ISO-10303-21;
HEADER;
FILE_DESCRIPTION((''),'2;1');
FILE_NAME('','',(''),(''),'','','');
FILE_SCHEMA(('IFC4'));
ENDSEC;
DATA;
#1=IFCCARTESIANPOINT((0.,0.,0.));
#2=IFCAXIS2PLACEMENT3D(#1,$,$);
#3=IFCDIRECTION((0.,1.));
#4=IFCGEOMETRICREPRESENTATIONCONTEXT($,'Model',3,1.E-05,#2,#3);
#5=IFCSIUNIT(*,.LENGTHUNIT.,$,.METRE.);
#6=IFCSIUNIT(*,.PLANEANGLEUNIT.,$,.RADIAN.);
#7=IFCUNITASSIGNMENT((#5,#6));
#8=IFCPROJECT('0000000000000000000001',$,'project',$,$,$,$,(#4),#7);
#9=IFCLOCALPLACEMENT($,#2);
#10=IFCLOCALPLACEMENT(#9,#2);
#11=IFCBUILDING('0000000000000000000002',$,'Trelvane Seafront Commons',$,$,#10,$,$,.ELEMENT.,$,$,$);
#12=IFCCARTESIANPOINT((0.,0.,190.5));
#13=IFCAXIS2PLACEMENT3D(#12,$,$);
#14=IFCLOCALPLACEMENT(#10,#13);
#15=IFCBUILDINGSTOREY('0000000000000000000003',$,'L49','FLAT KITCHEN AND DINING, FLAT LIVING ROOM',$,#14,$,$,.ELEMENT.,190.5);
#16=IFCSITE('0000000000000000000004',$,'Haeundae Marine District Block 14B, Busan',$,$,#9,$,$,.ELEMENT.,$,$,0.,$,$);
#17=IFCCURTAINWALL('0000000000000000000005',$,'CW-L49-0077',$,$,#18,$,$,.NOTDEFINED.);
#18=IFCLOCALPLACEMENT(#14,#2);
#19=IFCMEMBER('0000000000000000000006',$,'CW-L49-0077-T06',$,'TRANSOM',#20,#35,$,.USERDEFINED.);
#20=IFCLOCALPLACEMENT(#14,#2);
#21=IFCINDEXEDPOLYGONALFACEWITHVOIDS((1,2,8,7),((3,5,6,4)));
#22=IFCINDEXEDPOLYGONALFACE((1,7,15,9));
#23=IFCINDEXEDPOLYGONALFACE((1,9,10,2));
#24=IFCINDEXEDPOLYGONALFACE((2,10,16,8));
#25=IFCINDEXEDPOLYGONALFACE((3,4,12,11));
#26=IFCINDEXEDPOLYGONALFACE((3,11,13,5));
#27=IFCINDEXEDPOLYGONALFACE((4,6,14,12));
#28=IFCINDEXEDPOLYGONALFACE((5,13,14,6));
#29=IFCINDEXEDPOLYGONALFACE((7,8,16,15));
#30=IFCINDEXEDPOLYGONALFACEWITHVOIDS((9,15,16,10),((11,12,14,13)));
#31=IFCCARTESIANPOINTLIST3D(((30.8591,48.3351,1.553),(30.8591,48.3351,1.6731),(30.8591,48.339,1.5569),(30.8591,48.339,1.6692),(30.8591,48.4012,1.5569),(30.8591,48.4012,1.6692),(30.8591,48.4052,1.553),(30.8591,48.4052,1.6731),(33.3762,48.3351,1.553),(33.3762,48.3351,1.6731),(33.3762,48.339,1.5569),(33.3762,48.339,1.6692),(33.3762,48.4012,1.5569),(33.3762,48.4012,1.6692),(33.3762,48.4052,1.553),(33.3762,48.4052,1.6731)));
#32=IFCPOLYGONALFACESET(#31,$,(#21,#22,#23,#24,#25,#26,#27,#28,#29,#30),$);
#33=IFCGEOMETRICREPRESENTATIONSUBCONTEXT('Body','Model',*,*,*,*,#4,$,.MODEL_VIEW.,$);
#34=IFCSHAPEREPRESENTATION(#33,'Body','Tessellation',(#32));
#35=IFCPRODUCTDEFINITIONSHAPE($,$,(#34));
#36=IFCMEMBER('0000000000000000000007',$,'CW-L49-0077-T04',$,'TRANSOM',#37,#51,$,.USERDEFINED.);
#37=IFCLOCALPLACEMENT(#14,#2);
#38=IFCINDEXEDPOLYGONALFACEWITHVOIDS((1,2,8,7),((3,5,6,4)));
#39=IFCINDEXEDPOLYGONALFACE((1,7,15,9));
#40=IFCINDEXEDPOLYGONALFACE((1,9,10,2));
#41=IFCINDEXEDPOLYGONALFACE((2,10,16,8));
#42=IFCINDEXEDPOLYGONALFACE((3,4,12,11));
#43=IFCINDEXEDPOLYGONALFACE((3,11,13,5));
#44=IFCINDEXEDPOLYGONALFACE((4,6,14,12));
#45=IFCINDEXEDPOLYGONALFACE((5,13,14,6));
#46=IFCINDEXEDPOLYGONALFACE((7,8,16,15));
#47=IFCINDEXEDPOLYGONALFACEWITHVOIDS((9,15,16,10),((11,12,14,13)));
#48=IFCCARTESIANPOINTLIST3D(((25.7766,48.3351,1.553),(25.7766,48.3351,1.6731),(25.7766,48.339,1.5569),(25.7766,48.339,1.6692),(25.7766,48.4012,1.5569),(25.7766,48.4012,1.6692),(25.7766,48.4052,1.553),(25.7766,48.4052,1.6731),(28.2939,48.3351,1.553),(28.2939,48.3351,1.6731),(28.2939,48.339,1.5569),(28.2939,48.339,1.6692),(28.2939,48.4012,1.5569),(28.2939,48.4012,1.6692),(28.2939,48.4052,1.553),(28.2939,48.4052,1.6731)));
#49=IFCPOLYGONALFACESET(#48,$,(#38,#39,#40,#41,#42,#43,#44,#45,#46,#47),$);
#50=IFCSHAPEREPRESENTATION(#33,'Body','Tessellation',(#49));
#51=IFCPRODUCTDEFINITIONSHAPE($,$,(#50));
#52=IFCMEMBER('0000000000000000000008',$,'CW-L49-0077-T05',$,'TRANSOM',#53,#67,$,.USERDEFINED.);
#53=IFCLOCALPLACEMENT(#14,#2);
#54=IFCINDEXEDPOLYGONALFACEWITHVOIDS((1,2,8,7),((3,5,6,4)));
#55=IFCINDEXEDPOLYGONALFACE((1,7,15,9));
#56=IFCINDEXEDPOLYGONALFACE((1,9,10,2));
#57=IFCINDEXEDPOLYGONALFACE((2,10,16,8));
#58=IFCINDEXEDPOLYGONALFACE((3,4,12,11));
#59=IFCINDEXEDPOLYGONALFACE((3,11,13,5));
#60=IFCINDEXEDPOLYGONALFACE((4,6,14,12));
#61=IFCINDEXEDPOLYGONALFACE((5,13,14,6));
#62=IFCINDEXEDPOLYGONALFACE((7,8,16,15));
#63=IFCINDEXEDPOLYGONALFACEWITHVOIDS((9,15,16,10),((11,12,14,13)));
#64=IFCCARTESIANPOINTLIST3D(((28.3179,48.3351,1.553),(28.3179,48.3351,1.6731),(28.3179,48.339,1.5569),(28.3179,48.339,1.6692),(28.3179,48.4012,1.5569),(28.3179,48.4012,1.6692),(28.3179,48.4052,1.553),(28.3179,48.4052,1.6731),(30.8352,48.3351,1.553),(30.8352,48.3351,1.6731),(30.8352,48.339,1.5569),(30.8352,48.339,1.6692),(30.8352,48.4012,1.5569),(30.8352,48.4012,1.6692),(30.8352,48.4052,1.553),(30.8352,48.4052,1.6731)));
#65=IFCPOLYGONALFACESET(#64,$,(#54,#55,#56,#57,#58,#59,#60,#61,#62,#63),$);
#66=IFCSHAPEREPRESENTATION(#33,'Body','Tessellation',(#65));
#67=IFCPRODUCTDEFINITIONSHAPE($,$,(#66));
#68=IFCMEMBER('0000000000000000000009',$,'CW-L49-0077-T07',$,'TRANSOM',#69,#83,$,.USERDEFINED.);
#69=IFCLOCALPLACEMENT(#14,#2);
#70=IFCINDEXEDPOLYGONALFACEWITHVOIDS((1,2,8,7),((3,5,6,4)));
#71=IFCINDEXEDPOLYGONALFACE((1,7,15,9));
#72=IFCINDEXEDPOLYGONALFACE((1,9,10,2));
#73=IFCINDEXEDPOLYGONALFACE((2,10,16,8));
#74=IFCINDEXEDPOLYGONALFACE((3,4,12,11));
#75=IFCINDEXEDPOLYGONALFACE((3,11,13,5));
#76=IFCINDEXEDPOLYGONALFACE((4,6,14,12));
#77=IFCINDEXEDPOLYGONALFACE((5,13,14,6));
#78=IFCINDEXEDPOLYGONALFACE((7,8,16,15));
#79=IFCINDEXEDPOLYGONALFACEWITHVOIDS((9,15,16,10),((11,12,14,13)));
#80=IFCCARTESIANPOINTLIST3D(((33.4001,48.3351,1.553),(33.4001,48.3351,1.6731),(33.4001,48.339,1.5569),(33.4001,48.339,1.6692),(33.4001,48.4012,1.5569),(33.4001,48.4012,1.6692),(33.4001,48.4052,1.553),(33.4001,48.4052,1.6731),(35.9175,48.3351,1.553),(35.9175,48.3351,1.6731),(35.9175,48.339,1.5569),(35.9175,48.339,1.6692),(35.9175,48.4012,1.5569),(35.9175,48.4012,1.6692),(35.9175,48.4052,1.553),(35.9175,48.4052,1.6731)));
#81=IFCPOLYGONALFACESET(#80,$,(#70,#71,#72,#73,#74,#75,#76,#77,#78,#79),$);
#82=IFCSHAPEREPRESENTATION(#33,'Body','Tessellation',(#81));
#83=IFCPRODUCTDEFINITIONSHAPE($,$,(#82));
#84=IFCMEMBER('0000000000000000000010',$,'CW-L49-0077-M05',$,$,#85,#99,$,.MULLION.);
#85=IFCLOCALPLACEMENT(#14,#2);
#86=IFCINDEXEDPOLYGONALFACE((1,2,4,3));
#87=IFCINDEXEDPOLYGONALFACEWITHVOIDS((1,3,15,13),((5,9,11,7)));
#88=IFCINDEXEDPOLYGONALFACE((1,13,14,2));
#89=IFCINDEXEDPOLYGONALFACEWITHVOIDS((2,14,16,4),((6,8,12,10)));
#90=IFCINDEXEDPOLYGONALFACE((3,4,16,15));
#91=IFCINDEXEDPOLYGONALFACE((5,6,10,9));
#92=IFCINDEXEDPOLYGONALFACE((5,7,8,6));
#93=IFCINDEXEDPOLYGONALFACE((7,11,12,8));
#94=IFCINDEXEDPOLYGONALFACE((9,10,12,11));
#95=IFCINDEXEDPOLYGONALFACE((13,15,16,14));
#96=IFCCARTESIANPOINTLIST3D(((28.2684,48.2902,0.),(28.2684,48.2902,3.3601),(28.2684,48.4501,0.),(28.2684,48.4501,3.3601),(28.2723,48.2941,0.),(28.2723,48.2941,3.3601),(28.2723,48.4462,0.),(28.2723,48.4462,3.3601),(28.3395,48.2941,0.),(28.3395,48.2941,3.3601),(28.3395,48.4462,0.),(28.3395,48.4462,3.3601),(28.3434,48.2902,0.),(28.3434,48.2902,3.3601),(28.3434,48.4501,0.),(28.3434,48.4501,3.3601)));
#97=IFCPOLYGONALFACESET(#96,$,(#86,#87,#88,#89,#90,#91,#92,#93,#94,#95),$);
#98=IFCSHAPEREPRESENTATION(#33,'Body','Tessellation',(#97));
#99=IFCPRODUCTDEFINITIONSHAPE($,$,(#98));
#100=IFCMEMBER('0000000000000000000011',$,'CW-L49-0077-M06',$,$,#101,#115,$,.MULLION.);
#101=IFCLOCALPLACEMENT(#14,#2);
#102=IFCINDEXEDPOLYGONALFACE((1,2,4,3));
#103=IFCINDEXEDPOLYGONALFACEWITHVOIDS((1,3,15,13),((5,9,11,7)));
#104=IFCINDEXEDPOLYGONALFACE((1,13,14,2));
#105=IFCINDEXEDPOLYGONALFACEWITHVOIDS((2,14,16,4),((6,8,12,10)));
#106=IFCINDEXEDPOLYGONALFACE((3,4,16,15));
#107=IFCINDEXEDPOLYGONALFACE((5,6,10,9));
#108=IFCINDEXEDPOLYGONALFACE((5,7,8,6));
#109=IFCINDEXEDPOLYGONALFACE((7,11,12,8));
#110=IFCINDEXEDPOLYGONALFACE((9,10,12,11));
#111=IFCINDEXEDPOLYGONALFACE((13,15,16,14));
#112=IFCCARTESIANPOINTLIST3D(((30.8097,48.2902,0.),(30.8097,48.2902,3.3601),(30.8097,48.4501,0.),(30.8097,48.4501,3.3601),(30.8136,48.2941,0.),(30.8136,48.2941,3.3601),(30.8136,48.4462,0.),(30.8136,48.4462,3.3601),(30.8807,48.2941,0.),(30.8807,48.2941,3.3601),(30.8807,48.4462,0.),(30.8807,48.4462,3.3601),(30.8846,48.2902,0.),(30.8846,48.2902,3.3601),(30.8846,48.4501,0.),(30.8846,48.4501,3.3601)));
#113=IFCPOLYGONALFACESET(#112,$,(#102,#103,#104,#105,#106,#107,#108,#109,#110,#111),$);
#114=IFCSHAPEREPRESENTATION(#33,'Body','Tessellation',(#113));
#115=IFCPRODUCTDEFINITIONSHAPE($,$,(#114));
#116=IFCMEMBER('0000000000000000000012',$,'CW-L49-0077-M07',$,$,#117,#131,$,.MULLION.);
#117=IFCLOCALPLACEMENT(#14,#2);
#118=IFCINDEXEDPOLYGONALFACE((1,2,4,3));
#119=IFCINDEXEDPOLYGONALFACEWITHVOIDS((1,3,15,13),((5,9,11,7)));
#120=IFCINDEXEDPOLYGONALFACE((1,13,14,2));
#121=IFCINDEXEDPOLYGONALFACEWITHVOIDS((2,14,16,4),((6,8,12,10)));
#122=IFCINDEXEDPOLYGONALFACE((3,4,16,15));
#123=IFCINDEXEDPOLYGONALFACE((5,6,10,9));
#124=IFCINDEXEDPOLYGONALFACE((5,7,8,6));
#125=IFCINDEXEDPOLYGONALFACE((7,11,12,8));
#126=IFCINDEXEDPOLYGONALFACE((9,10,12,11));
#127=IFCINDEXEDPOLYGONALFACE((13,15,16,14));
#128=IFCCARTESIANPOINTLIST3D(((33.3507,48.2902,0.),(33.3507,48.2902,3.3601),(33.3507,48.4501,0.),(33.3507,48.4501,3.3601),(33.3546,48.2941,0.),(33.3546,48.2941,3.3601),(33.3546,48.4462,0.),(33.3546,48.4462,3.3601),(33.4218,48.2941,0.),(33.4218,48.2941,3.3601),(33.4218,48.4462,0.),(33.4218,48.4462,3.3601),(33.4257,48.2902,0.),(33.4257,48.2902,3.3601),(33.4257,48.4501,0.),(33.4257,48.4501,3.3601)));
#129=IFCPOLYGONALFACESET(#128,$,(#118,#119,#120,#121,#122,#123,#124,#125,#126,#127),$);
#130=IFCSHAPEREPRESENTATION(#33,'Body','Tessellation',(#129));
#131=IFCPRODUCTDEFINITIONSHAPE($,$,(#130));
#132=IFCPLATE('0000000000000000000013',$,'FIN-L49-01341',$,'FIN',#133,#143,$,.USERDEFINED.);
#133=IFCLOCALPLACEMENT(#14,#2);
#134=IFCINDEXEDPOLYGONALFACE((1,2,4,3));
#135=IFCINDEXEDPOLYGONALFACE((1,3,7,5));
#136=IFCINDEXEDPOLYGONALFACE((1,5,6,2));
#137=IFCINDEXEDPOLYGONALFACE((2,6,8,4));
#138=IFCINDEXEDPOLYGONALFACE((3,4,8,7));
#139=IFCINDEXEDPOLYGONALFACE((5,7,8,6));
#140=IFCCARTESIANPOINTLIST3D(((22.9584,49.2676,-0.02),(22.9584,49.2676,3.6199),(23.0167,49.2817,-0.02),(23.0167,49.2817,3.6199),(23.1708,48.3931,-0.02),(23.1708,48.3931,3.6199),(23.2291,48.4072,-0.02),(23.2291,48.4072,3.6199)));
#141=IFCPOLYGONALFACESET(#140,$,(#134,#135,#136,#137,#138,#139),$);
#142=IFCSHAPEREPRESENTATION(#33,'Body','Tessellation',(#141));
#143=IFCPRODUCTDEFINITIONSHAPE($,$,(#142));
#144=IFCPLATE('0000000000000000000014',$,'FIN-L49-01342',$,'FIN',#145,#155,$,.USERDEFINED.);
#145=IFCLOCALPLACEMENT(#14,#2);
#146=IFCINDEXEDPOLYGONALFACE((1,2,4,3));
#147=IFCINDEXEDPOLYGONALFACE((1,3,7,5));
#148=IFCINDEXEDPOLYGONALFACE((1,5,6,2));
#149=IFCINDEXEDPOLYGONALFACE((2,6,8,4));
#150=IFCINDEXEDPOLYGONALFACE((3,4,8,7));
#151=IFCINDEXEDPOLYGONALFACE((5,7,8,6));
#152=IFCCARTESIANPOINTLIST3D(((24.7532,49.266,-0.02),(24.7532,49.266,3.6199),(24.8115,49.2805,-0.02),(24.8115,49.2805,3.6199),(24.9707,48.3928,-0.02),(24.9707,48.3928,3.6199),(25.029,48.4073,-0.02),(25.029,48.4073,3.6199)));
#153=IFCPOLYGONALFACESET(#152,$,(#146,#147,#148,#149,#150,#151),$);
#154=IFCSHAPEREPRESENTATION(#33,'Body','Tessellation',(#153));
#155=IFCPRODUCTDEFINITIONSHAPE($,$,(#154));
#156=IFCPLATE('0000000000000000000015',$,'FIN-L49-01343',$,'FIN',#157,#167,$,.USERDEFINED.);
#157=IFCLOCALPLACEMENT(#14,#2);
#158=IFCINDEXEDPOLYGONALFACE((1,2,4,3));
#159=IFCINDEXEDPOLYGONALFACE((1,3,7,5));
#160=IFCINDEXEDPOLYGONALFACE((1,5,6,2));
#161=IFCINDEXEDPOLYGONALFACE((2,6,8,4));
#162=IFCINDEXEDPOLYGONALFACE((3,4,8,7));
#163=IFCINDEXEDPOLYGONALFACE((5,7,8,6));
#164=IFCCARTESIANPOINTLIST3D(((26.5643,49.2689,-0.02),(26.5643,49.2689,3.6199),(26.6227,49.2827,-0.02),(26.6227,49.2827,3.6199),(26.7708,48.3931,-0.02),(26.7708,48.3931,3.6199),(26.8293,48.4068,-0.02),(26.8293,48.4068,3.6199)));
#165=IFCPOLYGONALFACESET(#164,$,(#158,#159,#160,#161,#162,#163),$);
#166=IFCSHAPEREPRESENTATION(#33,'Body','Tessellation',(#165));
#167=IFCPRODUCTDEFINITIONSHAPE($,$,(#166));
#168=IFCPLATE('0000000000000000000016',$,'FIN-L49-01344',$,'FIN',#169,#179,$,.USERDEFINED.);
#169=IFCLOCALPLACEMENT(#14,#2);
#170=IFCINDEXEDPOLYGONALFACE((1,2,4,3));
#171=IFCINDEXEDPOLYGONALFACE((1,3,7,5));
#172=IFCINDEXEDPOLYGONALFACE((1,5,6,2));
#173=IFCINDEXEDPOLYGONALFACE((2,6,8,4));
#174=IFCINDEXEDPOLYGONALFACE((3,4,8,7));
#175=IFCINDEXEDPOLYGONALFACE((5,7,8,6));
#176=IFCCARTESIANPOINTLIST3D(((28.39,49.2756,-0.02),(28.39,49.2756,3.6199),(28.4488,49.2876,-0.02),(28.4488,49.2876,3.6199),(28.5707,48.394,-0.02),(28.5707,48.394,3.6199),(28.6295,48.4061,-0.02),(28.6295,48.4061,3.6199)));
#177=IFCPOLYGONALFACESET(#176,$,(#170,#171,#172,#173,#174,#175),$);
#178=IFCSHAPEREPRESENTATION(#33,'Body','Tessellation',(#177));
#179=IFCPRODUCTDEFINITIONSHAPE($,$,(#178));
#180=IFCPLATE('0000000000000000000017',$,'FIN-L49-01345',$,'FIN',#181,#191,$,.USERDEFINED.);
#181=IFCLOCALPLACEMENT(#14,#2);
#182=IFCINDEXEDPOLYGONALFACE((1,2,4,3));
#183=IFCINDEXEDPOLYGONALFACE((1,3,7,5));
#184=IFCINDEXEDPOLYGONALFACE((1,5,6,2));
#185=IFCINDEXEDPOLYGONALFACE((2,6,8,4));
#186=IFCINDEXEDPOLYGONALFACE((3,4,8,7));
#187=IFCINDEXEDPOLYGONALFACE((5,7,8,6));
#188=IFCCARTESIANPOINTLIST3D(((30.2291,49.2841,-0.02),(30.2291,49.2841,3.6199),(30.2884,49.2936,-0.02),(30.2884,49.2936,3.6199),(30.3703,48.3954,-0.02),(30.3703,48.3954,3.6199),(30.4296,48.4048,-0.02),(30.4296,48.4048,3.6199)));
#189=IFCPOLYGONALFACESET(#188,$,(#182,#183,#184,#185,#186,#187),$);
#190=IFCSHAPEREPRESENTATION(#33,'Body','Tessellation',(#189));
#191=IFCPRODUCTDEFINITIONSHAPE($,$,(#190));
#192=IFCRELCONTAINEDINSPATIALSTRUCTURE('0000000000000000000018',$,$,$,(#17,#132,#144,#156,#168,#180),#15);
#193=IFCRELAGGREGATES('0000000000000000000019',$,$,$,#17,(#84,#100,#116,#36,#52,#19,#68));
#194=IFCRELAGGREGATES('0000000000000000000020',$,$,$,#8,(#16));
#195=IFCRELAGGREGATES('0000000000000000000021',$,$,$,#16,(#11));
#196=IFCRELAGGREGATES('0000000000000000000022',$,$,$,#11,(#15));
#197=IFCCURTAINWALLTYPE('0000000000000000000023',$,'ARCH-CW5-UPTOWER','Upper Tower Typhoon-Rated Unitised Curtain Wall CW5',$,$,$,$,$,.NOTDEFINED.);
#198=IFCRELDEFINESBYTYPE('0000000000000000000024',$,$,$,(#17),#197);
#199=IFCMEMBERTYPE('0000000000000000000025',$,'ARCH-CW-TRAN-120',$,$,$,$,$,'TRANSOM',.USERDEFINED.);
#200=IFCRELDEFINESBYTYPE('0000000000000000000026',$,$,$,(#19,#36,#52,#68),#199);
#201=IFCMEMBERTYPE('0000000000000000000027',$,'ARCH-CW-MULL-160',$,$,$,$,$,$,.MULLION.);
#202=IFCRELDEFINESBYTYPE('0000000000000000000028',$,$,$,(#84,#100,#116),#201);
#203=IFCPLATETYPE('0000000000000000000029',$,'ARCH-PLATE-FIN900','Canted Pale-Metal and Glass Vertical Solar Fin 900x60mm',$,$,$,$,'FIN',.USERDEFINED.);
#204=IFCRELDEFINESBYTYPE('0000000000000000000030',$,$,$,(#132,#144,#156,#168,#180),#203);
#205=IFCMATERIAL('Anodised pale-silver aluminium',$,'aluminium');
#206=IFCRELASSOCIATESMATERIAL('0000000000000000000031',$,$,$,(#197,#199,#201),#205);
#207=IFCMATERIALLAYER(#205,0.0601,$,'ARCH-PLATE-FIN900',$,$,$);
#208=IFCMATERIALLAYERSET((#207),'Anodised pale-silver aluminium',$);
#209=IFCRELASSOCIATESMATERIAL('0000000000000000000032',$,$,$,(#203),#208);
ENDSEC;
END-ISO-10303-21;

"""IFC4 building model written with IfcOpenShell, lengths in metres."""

from ifc_helpers import new_model, si_unit, direction, frame, origin, origin_2d, place, context, subcontext, project, spatial, rectangle, hollow_rectangle, extrude, source, transform, mapped, material, layer, layer_set, material_profile, profile_set, type_object, element, aggregate, save


model = new_model("IFC4")

# Units and contexts
model_context = context("Model", 3, precision=1e-05, world=origin(), true_north=direction((0.0, 1.0)))
body_context = subcontext(model_context, "Body", "Model", "MODEL_VIEW")
ifc_project = project(units=[si_unit("LENGTHUNIT", "METRE"), si_unit("PLANEANGLEUNIT", "RADIAN")], contexts=[model_context])

# Site, building, storey
site_placement = place(None, origin())
site = spatial("IfcSite", under=ifc_project, at=site_placement, Name="Haeundae Marine District Block 14B, Busan", CompositionType="ELEMENT", RefElevation=0.0)
building_placement = place(site_placement, origin())
building = spatial("IfcBuilding", under=site, at=building_placement, Name="Trelvane Seafront Commons", CompositionType="ELEMENT")
storey_placement = place(building_placement, frame((0.0, 0.0, 190.5)))
storey = spatial("IfcBuildingStorey", under=building, at=storey_placement, Name="L49", Description="FLAT KITCHEN AND DINING, FLAT LIVING ROOM", CompositionType="ELEMENT", Elevation=190.5)

# Curtain wall, members
ifc_material_1 = material(Name="Anodised pale-silver aluminium", Category="aluminium")
curtain_wall_type = type_object("IfcCurtainWallType", Name="ARCH-CW5-UPTOWER", Description="Upper Tower Typhoon-Rated Unitised Curtain Wall CW5", PredefinedType="NOTDEFINED", material=ifc_material_1)
curtain_wall_placement = place(storey_placement, origin())
curtain_wall = element("IfcCurtainWall", 1, at=curtain_wall_placement, inside=storey, type_object=curtain_wall_type, Name="CW-L49-0077", PredefinedType="NOTDEFINED")
ifc_material_profile_1 = material_profile(ifc_material_1, hollow_rectangle(XDim=0.0701, YDim=0.1201, WallThickness=0.0039, at=origin_2d()), Name="TRAN-70x120x4")
ifc_profile_set_1 = profile_set([ifc_material_profile_1], Name="Anodised pale-silver aluminium")
member_type_1 = type_object("IfcMemberType", Name="ARCH-CW-TRAN-120", ElementType="TRANSOM", PredefinedType="USERDEFINED", material=ifc_profile_set_1)
shared_shape_1 = source(origin(), body_context, "Body", "SweptSolid", [
    extrude(hollow_rectangle(XDim=0.0701, YDim=0.1201, WallThickness=0.0039, at=origin_2d()), origin(), (0.0, 0.0, 1.0), 2.5171),
])
member_1_placement = place(storey_placement, frame((30.8591, 48.3701, 1.613), z_axis=(1.0, 0.0, 0.0), x_axis=(0.0, 1.0, 0.0)))
member_1 = element("IfcMember", 2, at=member_1_placement, type_object=member_type_1, Name="CW-L49-0077-T06", ObjectType="TRANSOM", PredefinedType="USERDEFINED", context=body_context, shape_type="MappedRepresentation", body=[
    mapped(shared_shape_1, transform((0.0, 0.0, 0.0), x_axis=(1.0, 0.0, 0.0), y_axis=(0.0, 1.0, 0.0), z_axis=(0.0, 0.0, 1.0), scale=1.0)),
])
shared_shape_2 = source(origin(), body_context, "Body", "SweptSolid", [
    extrude(hollow_rectangle(XDim=0.0701, YDim=0.1201, WallThickness=0.0039, at=origin_2d()), origin(), (0.0, 0.0, 1.0), 2.5173),
])
member_2_placement = place(storey_placement, frame((25.7766, 48.3701, 1.613), z_axis=(1.0, 0.0, 0.0), x_axis=(0.0, 1.0, 0.0)))
member_2 = element("IfcMember", 3, at=member_2_placement, type_object=member_type_1, Name="CW-L49-0077-T04", ObjectType="TRANSOM", PredefinedType="USERDEFINED", context=body_context, shape_type="MappedRepresentation", body=[
    mapped(shared_shape_2, transform((0.0, 0.0, 0.0), x_axis=(1.0, 0.0, 0.0), y_axis=(0.0, 1.0, 0.0), z_axis=(0.0, 0.0, 1.0), scale=1.0)),
])
member_3_placement = place(storey_placement, frame((28.3179, 48.3701, 1.613), z_axis=(1.0, 0.0, 0.0), x_axis=(0.0, 1.0, 0.0)))
member_3 = element("IfcMember", 4, at=member_3_placement, type_object=member_type_1, Name="CW-L49-0077-T05", ObjectType="TRANSOM", PredefinedType="USERDEFINED", context=body_context, shape_type="MappedRepresentation", body=[
    mapped(shared_shape_2, transform((0.0, 0.0, 0.0), x_axis=(1.0, 0.0, 0.0), y_axis=(0.0, 1.0, 0.0), z_axis=(0.0, 0.0, 1.0), scale=1.0)),
])
member_4_placement = place(storey_placement, frame((33.4001, 48.3701, 1.613), z_axis=(1.0, 0.0, 0.0), x_axis=(0.0, 1.0, 0.0)))
member_4 = element("IfcMember", 5, at=member_4_placement, type_object=member_type_1, Name="CW-L49-0077-T07", ObjectType="TRANSOM", PredefinedType="USERDEFINED", context=body_context, shape_type="MappedRepresentation", body=[
    mapped(shared_shape_2, transform((0.0, 0.0, 0.0), x_axis=(1.0, 0.0, 0.0), y_axis=(0.0, 1.0, 0.0), z_axis=(0.0, 0.0, 1.0), scale=1.0)),
])
ifc_material_profile_2 = material_profile(ifc_material_1, hollow_rectangle(XDim=0.075, YDim=0.1599, WallThickness=0.0039, at=origin_2d()), Name="MULL-75x160x4")
ifc_profile_set_2 = profile_set([ifc_material_profile_2], Name="Anodised pale-silver aluminium")
member_type_2 = type_object("IfcMemberType", Name="ARCH-CW-MULL-160", PredefinedType="MULLION", material=ifc_profile_set_2)
shared_shape_3 = source(origin(), body_context, "Body", "SweptSolid", [
    extrude(hollow_rectangle(XDim=0.075, YDim=0.1599, WallThickness=0.0039, at=origin_2d()), origin(), (0.0, 0.0, 1.0), 3.3601),
])
member_5_placement = place(storey_placement, frame((28.3059, 48.3701, 0.0), z_axis=(0.0, 0.0, 1.0), x_axis=(1.0, 0.0, 0.0)))
member_5 = element("IfcMember", 6, at=member_5_placement, type_object=member_type_2, Name="CW-L49-0077-M05", PredefinedType="MULLION", context=body_context, shape_type="MappedRepresentation", body=[
    mapped(shared_shape_3, transform((0.0, 0.0, 0.0), x_axis=(1.0, 0.0, 0.0), y_axis=(0.0, 1.0, 0.0), z_axis=(0.0, 0.0, 1.0), scale=1.0)),
])
member_6_placement = place(storey_placement, frame((30.8472, 48.3701, 0.0), z_axis=(0.0, 0.0, 1.0), x_axis=(1.0, 0.0, 0.0)))
member_6 = element("IfcMember", 7, at=member_6_placement, type_object=member_type_2, Name="CW-L49-0077-M06", PredefinedType="MULLION", context=body_context, shape_type="MappedRepresentation", body=[
    mapped(shared_shape_3, transform((0.0, 0.0, 0.0), x_axis=(1.0, 0.0, 0.0), y_axis=(0.0, 1.0, 0.0), z_axis=(0.0, 0.0, 1.0), scale=1.0)),
])
member_7_placement = place(storey_placement, frame((33.3882, 48.3701, 0.0), z_axis=(0.0, 0.0, 1.0), x_axis=(1.0, 0.0, 0.0)))
member_7 = element("IfcMember", 8, at=member_7_placement, type_object=member_type_2, Name="CW-L49-0077-M07", PredefinedType="MULLION", context=body_context, shape_type="MappedRepresentation", body=[
    mapped(shared_shape_3, transform((0.0, 0.0, 0.0), x_axis=(1.0, 0.0, 0.0), y_axis=(0.0, 1.0, 0.0), z_axis=(0.0, 0.0, 1.0), scale=1.0)),
])

# Plates
ifc_layer_1 = layer(ifc_material_1, 0.0601, Name="ARCH-PLATE-FIN900")
ifc_layer_set_1 = layer_set([ifc_layer_1], Name="Anodised pale-silver aluminium")
plate_type_1 = type_object("IfcPlateType", Name="ARCH-PLATE-FIN900", Description="Canted Pale-Metal and Glass Vertical Solar Fin 900x60mm", ElementType="FIN", PredefinedType="USERDEFINED", material=ifc_layer_set_1)
shared_shape_4 = source(origin(), body_context, "Body", "SweptSolid", [
    extrude(rectangle(XDim=0.8999, YDim=0.0601, at=origin_2d()), origin(), (0.0, 0.0, 1.0), 3.6399),
])
for number, where, z_axis, x_axis, name in (
    (9, (23.0938, 48.8374, -0.02), (0.0, 0.0, 1.0), (-0.235994, 0.971755, 0.0), "FIN-L49-01341"),
    (10, (24.8911, 48.8367, -0.02), (0.0, 0.0, 1.0), (-0.241673, 0.970358, 0.0), "FIN-L49-01342"),
    (11, (26.6968, 48.8379, -0.02), (0.0, 0.0, 1.0), (-0.229547, 0.973298, 0.0), "FIN-L49-01343"),
    (12, (28.5098, 48.8408, -0.02), (0.0, 0.0, 1.0), (-0.200772, 0.979638, 0.0), "FIN-L49-01344"),
    (13, (30.3293, 48.8445, -0.02), (0.0, 0.0, 1.0), (-0.156898, 0.987615, 0.0), "FIN-L49-01345"),
):
    element("IfcPlate", number, at=place(storey_placement, frame(where, z_axis=z_axis, x_axis=x_axis)), inside=storey, type_object=plate_type_1, Name=name, ObjectType="FIN", PredefinedType="USERDEFINED", context=body_context, shape_type="MappedRepresentation", body=[
        mapped(shared_shape_4, transform((0.0, 0.0, 0.0), x_axis=(1.0, 0.0, 0.0), y_axis=(0.0, 1.0, 0.0), z_axis=(0.0, 0.0, 1.0), scale=1.0)),
    ])

aggregate(curtain_wall, [member_5, member_6, member_7, member_2, member_3, member_1, member_4])

save(model, "model.ifc")
